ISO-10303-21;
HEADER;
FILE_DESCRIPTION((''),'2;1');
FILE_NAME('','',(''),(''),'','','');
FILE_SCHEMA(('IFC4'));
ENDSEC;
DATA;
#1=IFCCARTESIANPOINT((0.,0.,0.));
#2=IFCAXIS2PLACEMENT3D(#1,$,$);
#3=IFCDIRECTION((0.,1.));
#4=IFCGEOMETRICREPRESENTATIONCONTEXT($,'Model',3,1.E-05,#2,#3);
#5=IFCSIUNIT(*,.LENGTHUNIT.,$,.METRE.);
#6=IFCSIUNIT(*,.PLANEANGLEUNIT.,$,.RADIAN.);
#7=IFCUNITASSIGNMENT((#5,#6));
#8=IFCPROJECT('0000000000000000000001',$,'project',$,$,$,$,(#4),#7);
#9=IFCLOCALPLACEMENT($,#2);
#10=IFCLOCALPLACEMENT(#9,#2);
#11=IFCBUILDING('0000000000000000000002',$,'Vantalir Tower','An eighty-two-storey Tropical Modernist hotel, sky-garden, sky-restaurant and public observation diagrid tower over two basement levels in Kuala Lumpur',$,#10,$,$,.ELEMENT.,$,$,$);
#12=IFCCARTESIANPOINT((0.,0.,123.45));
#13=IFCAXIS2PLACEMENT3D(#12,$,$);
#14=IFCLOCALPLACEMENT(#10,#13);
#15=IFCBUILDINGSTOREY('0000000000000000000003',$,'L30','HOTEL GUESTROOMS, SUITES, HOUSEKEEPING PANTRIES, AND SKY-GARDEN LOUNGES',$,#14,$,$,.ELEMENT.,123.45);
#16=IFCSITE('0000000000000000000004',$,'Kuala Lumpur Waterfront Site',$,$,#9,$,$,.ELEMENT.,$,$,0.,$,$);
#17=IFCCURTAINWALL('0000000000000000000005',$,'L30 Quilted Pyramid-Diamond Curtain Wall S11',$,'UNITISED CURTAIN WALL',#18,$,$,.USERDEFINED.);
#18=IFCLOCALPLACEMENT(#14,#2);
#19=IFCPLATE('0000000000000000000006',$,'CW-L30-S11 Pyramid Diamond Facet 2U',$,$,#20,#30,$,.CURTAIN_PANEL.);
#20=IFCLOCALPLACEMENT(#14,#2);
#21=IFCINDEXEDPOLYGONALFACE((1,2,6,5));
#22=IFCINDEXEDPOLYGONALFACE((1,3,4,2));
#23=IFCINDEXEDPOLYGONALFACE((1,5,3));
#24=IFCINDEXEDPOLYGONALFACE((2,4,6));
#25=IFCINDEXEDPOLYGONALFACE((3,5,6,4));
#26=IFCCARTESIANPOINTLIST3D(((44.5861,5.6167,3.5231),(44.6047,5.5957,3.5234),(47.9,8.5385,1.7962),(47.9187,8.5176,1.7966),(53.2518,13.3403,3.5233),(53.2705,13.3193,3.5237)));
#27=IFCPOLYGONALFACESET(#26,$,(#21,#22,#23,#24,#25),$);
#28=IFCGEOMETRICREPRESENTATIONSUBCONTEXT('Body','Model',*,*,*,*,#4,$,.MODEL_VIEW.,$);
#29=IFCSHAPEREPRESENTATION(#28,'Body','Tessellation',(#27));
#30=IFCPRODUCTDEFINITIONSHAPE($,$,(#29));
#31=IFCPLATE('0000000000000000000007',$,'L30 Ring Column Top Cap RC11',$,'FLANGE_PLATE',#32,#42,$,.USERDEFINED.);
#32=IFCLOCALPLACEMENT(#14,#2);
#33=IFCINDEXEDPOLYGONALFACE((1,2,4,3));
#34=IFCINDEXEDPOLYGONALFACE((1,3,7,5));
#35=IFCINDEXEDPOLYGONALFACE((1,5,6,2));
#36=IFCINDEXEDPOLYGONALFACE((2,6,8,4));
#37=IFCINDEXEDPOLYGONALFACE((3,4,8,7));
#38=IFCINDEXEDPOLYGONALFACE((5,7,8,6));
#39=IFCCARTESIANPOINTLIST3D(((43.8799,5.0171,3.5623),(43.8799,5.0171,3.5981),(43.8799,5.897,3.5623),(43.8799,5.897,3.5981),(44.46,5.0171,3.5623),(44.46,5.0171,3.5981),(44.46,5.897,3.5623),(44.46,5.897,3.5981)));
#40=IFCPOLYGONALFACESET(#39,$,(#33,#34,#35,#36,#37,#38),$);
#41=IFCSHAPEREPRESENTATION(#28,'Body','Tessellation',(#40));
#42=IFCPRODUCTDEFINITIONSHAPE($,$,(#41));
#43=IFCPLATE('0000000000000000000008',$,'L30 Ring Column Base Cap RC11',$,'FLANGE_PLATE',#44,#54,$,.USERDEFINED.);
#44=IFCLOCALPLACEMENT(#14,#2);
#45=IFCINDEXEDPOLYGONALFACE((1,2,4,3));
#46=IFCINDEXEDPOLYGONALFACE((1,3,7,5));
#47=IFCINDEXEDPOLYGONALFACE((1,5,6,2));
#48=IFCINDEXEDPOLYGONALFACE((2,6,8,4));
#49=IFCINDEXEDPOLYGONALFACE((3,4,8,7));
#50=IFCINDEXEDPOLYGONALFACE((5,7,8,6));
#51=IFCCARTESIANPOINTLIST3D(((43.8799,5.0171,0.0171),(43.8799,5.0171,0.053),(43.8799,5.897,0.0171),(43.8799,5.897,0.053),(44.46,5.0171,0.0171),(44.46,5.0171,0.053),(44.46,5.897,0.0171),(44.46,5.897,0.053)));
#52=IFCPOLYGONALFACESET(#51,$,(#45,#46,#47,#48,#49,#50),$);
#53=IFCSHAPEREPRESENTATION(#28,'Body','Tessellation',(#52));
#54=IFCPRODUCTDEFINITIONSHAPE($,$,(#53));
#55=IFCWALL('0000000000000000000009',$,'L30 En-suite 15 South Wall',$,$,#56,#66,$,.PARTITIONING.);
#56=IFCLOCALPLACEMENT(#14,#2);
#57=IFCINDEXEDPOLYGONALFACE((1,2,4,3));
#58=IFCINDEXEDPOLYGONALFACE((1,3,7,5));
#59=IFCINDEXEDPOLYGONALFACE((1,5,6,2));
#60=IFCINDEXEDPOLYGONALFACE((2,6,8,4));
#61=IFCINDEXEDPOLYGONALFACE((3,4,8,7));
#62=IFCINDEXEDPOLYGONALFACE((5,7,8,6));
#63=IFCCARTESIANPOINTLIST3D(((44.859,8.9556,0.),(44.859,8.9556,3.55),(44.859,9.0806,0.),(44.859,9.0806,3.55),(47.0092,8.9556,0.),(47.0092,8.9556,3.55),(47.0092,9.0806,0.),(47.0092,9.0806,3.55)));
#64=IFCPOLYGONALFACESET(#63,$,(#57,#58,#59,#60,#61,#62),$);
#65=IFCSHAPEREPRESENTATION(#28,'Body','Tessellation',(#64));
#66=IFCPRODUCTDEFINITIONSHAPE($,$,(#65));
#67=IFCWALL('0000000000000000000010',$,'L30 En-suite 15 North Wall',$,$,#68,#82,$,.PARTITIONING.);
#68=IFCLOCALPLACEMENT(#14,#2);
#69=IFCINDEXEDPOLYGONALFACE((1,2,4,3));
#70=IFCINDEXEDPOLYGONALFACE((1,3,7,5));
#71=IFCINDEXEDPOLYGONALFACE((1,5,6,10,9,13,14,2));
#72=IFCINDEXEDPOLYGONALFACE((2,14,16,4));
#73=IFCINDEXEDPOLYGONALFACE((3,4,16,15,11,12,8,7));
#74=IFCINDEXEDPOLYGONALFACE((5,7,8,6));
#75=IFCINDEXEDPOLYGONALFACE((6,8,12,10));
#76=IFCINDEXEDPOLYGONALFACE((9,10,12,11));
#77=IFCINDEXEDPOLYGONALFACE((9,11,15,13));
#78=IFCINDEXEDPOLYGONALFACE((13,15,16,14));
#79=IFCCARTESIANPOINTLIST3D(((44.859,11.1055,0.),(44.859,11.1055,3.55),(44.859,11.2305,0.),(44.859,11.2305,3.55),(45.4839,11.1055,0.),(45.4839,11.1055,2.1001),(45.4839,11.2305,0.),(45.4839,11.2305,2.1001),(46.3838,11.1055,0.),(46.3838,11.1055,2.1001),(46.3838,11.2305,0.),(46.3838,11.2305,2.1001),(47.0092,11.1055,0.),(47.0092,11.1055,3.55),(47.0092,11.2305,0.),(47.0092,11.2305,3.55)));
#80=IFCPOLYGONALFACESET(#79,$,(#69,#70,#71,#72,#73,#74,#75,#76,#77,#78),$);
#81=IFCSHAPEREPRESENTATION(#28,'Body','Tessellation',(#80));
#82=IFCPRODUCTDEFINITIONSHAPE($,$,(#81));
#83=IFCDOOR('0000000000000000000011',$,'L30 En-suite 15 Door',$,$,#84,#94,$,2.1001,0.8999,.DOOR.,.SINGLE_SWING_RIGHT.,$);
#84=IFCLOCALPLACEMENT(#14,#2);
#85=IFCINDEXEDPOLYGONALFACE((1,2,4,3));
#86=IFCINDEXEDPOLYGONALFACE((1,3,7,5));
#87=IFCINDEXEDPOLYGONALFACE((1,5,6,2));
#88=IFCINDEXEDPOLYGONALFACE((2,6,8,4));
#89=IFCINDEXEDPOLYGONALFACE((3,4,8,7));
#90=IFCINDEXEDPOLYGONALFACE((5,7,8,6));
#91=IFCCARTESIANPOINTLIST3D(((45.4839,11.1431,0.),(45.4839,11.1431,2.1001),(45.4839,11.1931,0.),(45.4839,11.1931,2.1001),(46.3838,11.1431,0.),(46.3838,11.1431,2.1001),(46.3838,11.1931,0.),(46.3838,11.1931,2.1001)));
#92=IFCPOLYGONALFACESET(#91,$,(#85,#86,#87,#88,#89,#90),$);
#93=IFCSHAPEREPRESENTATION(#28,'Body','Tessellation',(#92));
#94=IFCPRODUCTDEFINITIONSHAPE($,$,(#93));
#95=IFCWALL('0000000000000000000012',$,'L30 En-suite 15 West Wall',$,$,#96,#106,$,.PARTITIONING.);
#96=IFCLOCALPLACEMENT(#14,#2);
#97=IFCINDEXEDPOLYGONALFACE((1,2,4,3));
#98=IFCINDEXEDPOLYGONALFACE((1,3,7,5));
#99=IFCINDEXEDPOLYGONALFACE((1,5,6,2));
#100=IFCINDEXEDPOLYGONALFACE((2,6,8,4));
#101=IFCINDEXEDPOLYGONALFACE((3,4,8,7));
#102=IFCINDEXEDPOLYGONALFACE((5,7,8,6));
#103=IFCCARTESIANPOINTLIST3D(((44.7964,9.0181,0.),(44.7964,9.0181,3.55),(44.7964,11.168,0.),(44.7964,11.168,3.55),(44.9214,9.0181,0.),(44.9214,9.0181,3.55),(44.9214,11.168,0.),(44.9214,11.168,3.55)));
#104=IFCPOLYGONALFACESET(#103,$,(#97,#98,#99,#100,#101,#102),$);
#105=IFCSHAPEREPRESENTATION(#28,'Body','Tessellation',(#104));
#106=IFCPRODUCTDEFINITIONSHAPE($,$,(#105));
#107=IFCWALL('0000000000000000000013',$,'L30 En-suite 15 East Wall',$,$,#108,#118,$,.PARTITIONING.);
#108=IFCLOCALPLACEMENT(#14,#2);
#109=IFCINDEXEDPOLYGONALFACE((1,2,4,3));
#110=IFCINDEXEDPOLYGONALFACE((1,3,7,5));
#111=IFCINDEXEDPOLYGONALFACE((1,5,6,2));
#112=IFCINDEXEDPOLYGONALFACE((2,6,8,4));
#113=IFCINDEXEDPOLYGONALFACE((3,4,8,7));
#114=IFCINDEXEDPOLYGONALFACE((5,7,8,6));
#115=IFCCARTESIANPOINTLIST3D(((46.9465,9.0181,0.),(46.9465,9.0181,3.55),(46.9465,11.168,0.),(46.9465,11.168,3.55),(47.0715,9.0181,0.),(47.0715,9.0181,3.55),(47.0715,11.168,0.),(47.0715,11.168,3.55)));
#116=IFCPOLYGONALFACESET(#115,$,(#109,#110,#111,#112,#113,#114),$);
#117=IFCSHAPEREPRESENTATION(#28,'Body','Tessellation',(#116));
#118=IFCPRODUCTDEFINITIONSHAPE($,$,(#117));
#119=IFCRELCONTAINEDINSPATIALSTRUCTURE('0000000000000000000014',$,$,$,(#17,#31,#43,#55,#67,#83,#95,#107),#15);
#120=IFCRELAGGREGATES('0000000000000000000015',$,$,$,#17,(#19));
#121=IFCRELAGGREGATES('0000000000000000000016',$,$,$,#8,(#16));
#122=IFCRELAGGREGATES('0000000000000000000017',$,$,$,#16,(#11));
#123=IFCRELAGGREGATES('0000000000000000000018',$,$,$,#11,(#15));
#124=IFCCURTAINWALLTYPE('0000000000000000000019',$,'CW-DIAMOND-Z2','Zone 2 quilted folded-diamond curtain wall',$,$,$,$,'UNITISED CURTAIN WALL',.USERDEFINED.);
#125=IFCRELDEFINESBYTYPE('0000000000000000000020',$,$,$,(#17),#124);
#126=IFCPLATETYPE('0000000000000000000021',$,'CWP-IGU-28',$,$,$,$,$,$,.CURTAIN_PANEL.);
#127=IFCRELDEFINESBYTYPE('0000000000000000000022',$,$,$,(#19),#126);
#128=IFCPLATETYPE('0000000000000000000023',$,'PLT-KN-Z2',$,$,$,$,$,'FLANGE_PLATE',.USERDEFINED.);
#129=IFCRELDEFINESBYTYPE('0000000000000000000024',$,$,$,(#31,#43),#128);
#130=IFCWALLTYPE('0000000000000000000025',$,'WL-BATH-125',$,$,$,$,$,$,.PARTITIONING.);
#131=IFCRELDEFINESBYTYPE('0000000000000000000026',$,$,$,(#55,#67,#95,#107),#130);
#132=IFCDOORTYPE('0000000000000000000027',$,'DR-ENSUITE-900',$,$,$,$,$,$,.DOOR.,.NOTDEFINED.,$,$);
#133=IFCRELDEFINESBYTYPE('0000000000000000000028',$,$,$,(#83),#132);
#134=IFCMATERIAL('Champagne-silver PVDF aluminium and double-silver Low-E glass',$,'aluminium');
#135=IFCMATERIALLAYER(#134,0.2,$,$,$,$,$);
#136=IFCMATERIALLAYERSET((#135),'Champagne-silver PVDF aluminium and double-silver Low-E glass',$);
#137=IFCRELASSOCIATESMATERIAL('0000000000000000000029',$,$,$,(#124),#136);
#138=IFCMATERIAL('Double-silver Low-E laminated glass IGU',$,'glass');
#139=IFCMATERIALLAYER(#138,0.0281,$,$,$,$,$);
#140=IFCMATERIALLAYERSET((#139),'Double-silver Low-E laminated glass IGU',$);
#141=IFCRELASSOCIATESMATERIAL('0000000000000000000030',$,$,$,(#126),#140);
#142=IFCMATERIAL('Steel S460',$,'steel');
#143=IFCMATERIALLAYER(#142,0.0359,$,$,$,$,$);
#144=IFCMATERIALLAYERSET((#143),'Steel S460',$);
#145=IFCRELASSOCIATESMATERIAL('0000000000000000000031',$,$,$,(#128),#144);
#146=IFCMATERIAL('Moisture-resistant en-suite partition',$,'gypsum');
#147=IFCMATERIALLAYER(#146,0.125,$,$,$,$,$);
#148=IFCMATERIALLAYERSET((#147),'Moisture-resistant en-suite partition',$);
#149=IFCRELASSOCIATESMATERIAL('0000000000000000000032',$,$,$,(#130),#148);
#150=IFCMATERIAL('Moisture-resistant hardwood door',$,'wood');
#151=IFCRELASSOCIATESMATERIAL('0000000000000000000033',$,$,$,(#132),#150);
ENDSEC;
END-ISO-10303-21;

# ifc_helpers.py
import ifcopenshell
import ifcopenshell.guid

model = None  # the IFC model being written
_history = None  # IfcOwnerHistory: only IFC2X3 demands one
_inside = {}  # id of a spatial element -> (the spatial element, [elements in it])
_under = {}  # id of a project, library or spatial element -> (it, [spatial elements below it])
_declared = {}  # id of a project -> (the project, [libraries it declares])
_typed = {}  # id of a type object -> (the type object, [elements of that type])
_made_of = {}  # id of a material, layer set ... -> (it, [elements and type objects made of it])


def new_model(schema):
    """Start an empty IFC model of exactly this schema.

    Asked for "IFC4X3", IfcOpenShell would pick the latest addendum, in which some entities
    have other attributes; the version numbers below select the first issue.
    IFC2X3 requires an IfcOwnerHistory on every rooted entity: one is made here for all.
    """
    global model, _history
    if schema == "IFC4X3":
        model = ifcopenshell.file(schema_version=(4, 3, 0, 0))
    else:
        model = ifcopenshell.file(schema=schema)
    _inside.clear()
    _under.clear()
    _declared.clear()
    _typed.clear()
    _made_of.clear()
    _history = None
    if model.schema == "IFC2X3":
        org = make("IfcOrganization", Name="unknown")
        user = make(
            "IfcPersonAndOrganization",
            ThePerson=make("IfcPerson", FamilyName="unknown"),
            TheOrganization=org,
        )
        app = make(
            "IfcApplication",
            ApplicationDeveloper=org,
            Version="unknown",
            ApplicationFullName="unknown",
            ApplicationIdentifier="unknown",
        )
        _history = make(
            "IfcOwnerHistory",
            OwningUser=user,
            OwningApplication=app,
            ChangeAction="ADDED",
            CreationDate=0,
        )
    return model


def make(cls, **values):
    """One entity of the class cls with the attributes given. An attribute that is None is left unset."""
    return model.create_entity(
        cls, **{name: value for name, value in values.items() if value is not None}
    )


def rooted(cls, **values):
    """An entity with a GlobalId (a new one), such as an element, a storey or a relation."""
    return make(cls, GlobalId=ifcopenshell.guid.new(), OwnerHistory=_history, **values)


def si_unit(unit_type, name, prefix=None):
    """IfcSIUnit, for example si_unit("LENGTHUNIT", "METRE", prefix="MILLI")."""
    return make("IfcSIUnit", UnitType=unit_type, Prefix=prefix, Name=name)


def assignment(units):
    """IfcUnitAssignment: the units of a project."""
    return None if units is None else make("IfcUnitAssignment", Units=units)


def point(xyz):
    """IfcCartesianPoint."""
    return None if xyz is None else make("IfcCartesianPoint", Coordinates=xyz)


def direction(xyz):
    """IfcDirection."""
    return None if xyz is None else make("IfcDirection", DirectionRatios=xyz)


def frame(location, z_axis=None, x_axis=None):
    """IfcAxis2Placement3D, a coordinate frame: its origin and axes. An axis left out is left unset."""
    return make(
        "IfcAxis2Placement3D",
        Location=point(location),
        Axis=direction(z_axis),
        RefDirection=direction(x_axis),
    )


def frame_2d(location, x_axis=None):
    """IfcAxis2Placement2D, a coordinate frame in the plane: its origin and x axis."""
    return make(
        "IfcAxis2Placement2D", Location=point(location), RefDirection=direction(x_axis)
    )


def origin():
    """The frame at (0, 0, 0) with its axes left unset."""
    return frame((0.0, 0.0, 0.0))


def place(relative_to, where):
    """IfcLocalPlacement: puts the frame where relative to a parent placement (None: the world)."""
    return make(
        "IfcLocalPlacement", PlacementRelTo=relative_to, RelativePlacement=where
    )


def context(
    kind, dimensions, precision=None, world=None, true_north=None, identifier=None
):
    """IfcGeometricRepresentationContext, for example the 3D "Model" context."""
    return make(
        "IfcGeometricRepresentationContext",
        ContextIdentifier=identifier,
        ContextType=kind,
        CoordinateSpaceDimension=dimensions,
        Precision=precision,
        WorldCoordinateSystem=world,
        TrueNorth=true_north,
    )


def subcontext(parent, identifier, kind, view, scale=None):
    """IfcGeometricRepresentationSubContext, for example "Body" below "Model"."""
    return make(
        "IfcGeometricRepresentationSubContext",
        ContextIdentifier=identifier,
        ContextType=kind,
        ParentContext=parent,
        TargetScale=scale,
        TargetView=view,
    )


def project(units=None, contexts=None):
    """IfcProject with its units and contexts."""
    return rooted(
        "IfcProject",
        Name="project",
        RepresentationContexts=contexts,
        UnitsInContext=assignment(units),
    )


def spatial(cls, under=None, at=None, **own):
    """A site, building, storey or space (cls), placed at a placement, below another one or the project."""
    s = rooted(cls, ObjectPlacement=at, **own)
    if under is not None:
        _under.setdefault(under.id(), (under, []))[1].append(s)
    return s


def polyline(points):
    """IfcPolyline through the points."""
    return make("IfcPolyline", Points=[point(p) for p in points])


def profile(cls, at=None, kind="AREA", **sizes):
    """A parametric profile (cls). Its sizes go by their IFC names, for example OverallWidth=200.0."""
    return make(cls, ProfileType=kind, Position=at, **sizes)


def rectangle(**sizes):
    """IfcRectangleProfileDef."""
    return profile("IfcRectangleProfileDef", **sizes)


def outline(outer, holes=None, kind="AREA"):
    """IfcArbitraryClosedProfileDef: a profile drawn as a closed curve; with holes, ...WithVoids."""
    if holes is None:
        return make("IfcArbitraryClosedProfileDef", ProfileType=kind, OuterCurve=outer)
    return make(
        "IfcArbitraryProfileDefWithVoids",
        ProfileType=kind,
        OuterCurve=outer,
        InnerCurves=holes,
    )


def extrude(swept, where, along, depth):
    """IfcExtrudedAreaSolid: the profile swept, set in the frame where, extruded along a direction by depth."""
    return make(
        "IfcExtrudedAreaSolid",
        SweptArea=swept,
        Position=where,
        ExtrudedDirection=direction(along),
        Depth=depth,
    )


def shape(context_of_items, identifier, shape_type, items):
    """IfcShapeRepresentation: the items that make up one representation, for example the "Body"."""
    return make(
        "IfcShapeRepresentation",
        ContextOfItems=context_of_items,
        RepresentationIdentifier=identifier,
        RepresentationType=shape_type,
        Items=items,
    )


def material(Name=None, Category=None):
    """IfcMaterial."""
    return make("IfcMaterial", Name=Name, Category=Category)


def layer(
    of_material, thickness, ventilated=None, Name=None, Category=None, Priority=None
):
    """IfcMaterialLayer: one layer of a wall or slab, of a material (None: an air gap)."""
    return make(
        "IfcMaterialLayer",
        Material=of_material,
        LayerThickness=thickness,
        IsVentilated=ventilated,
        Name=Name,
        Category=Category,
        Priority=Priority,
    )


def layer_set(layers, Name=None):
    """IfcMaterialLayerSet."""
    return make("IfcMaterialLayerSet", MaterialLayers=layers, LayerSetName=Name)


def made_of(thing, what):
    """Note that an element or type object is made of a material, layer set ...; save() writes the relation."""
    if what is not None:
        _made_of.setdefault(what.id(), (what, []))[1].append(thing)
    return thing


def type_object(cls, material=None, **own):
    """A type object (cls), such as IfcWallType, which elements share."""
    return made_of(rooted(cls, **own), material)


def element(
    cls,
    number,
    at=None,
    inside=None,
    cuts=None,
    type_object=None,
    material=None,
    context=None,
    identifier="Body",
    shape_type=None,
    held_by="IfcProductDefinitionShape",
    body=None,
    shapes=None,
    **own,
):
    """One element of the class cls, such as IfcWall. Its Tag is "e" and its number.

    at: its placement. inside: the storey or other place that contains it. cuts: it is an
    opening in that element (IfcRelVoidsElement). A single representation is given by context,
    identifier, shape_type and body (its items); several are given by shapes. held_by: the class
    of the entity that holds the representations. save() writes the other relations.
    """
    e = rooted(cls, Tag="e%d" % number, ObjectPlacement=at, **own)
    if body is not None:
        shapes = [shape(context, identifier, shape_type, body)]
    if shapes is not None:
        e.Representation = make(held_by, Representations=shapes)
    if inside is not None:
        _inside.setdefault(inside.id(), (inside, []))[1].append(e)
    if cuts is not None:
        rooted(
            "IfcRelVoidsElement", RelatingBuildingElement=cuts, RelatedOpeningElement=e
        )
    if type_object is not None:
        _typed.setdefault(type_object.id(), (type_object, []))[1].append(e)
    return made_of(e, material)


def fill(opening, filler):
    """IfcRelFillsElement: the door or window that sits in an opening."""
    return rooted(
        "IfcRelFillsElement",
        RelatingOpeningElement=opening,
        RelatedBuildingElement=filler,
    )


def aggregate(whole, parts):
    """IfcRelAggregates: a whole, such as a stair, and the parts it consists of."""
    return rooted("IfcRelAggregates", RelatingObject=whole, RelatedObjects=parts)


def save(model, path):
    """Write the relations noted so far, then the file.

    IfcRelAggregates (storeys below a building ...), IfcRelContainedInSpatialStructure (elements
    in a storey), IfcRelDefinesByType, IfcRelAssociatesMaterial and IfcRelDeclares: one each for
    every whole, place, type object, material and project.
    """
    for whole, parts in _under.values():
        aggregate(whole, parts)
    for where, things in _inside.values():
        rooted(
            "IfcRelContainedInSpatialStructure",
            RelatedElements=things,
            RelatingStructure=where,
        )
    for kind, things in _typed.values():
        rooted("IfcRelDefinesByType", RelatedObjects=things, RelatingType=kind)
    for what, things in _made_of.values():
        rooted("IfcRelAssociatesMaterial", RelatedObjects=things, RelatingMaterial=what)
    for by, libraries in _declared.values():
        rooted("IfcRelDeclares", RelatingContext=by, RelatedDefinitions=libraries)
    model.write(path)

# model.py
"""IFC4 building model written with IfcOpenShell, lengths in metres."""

from ifc_helpers import new_model, si_unit, direction, frame, frame_2d, origin, place, context, subcontext, project, spatial, polyline, rectangle, outline, extrude, material, layer, layer_set, type_object, element, fill, aggregate, save


model = new_model("IFC4")

# Units and contexts
model_context = context("Model", 3, precision=1e-05, world=origin(), true_north=direction((0.0, 1.0)))
body_context = subcontext(model_context, "Body", "Model", "MODEL_VIEW")
ifc_project = project(units=[si_unit("LENGTHUNIT", "METRE"), si_unit("PLANEANGLEUNIT", "RADIAN")], contexts=[model_context])

# Site, building, storey
site_placement = place(None, origin())
site = spatial("IfcSite", under=ifc_project, at=site_placement, Name="Kuala Lumpur Waterfront Site", CompositionType="ELEMENT", RefElevation=0.0)
building_placement = place(site_placement, origin())
building = spatial("IfcBuilding", under=site, at=building_placement, Name="Vantalir Tower", Description="An eighty-two-storey Tropical Modernist hotel, sky-garden, sky-restaurant and public observation diagrid tower over two basement levels in Kuala Lumpur", CompositionType="ELEMENT")
storey_placement = place(building_placement, frame((0.0, 0.0, 123.45)))
storey = spatial("IfcBuildingStorey", under=building, at=storey_placement, Name="L30", Description="HOTEL GUESTROOMS, SUITES, HOUSEKEEPING PANTRIES, AND SKY-GARDEN LOUNGES", CompositionType="ELEMENT", Elevation=123.45)

# Shared definitions
ifc_material_1 = material(Name="Steel S460", Category="steel")

# Shared definitions
ifc_material_2 = material(Name="Champagne-silver PVDF aluminium and double-silver Low-E glass", Category="aluminium")
ifc_layer_1 = layer(ifc_material_2, 0.2)
ifc_layer_set_1 = layer_set([ifc_layer_1], Name="Champagne-silver PVDF aluminium and double-silver Low-E glass")
curtain_wall_type = type_object("IfcCurtainWallType", Name="CW-DIAMOND-Z2", Description="Zone 2 quilted folded-diamond curtain wall", ElementType="UNITISED CURTAIN WALL", PredefinedType="USERDEFINED", material=ifc_layer_set_1)

# Curtain wall
curtain_wall_1_placement = place(storey_placement, origin())
curtain_wall_1 = element("IfcCurtainWall", 1, at=curtain_wall_1_placement, inside=storey, type_object=curtain_wall_type, Name="L30 Quilted Pyramid-Diamond Curtain Wall S11", ObjectType="UNITISED CURTAIN WALL", PredefinedType="USERDEFINED")

# Plate
ifc_material_3 = material(Name="Double-silver Low-E laminated glass IGU", Category="glass")
ifc_layer_2 = layer(ifc_material_3, 0.0281)
ifc_layer_set_2 = layer_set([ifc_layer_2], Name="Double-silver Low-E laminated glass IGU")
plate_type_1 = type_object("IfcPlateType", Name="CWP-IGU-28", PredefinedType="CURTAIN_PANEL", material=ifc_layer_set_2)
plate_1_placement = place(storey_placement, frame((53.2705, 13.3193, 3.5237), z_axis=(0.665298, -0.746452, 0.013744), x_axis=(-0.746522, -0.665361, -0.000021)))
plate_1 = element("IfcPlate", 2, at=plate_1_placement, type_object=plate_type_1, Name="CW-L30-S11 Pyramid Diamond Facet 2U", PredefinedType="CURTAIN_PANEL", context=body_context, shape_type="SweptSolid", body=[
    extrude(outline(polyline([(0.0, 0.0), (11.6082, 0.0), (7.1902, 1.7271), (0.0, 0.0)])), origin(), (0.0, 0.0, -1.0), 0.0281),
])
aggregate(curtain_wall_1, [plate_1])

# Plates
ifc_layer_3 = layer(ifc_material_1, 0.0359)
ifc_layer_set_3 = layer_set([ifc_layer_3], Name="Steel S460")
plate_type_2 = type_object("IfcPlateType", Name="PLT-KN-Z2", ElementType="FLANGE_PLATE", PredefinedType="USERDEFINED", material=ifc_layer_set_3)
for number, where, z_axis, x_axis, name in (
    (3, (43.8799, 5.897, 3.5981), (0.0, 0.0, 1.0), (0.0, -1.0, 0.0), "L30 Ring Column Top Cap RC11"),
    (4, (43.8799, 5.897, 0.053), (0.0, 0.0, 1.0), (0.0, -1.0, 0.0), "L30 Ring Column Base Cap RC11"),
):
    element("IfcPlate", number, at=place(storey_placement, frame(where, z_axis=z_axis, x_axis=x_axis)), inside=storey, type_object=plate_type_2, Name=name, ObjectType="FLANGE_PLATE", PredefinedType="USERDEFINED", context=body_context, shape_type="SweptSolid", body=[
        extrude(outline(polyline([(0.0, 0.0), (0.8799, 0.0), (0.8799, 0.5801), (0.0, 0.5801), (0.0, 0.0)])), origin(), (0.0, 0.0, -1.0), 0.0359),
    ])

# Wall
ifc_material_4 = material(Name="Moisture-resistant en-suite partition", Category="gypsum")
ifc_layer_4 = layer(ifc_material_4, 0.125)
ifc_layer_set_4 = layer_set([ifc_layer_4], Name="Moisture-resistant en-suite partition")
wall_type = type_object("IfcWallType", Name="WL-BATH-125", PredefinedType="PARTITIONING", material=ifc_layer_set_4)
wall_1_placement = place(storey_placement, frame((44.8589, 9.0181, 0.0), z_axis=(0.0, 0.0, 1.0), x_axis=(1.0, 0.0, 0.0)))
element("IfcWall", 5, at=wall_1_placement, inside=storey, type_object=wall_type, Name="L30 En-suite 15 South Wall", PredefinedType="PARTITIONING", context=body_context, shape_type="SweptSolid", body=[
    extrude(rectangle(XDim=2.1501, YDim=0.125, at=frame_2d((1.0752, 0.0))), origin(), (0.0, 0.0, 1.0), 3.55),
])

# Wall, opening, door
wall_2_placement = place(storey_placement, frame((44.8589, 11.168, 0.0), z_axis=(0.0, 0.0, 1.0), x_axis=(1.0, 0.0, 0.0)))
wall_2 = element("IfcWall", 6, at=wall_2_placement, inside=storey, type_object=wall_type, Name="L30 En-suite 15 North Wall", PredefinedType="PARTITIONING", context=body_context, shape_type="SweptSolid", body=[
    extrude(rectangle(XDim=2.1501, YDim=0.125, at=frame_2d((1.0752, 0.0))), origin(), (0.0, 0.0, 1.0), 3.55),
])
opening_placement = place(wall_2_placement, frame((0.625, 0.0, 0.0)))
opening = element("IfcOpeningElement", 7, at=opening_placement, cuts=wall_2, PredefinedType="OPENING", context=body_context, shape_type="SweptSolid", body=[
    extrude(rectangle(XDim=0.8999, YDim=2.1001, at=frame_2d((0.45, 1.05))), frame((0.0, 0.0725, 0.0), z_axis=(0.0, -1.0, 0.0), x_axis=(1.0, 0.0, 0.0)), (0.0, 0.0, 1.0), 0.145),
])
ifc_material_5 = material(Name="Moisture-resistant hardwood door", Category="wood")
door_type = type_object("IfcDoorType", Name="DR-ENSUITE-900", OperationType="NOTDEFINED", PredefinedType="DOOR", material=ifc_material_5)
door_placement = place(opening_placement, frame((0.8999, 0.0, 0.0), z_axis=(0.0, 0.0, 1.0), x_axis=(-1.0, 0.0, 0.0)))
door = element("IfcDoor", 8, at=door_placement, inside=storey, type_object=door_type, Name="L30 En-suite 15 Door", OperationType="SINGLE_SWING_RIGHT", OverallHeight=2.1001, OverallWidth=0.8999, PredefinedType="DOOR", context=body_context, shape_type="SweptSolid", body=[
    extrude(rectangle(XDim=0.8999, YDim=2.1001, at=frame_2d((0.45, 1.05))), frame((0.0, 0.0249, 0.0), z_axis=(0.0, -1.0, 0.0), x_axis=(1.0, 0.0, 0.0)), (0.0, 0.0, 1.0), 0.05),
])
fill(opening, door)

# Walls
for number, where, z_axis, x_axis, name in (
    (9, (44.8589, 9.0181, 0.0), (0.0, 0.0, 1.0), (0.0, 1.0, 0.0), "L30 En-suite 15 West Wall"),
    (10, (47.009, 9.0181, 0.0), (0.0, 0.0, 1.0), (0.0, 1.0, 0.0), "L30 En-suite 15 East Wall"),
):
    element("IfcWall", number, at=place(storey_placement, frame(where, z_axis=z_axis, x_axis=x_axis)), inside=storey, type_object=wall_type, Name=name, PredefinedType="PARTITIONING", context=body_context, shape_type="SweptSolid", body=[
        extrude(rectangle(XDim=2.1499, YDim=0.125, at=frame_2d((1.075, 0.0))), origin(), (0.0, 0.0, 1.0), 3.55),
    ])

save(model, "model.ifc")
